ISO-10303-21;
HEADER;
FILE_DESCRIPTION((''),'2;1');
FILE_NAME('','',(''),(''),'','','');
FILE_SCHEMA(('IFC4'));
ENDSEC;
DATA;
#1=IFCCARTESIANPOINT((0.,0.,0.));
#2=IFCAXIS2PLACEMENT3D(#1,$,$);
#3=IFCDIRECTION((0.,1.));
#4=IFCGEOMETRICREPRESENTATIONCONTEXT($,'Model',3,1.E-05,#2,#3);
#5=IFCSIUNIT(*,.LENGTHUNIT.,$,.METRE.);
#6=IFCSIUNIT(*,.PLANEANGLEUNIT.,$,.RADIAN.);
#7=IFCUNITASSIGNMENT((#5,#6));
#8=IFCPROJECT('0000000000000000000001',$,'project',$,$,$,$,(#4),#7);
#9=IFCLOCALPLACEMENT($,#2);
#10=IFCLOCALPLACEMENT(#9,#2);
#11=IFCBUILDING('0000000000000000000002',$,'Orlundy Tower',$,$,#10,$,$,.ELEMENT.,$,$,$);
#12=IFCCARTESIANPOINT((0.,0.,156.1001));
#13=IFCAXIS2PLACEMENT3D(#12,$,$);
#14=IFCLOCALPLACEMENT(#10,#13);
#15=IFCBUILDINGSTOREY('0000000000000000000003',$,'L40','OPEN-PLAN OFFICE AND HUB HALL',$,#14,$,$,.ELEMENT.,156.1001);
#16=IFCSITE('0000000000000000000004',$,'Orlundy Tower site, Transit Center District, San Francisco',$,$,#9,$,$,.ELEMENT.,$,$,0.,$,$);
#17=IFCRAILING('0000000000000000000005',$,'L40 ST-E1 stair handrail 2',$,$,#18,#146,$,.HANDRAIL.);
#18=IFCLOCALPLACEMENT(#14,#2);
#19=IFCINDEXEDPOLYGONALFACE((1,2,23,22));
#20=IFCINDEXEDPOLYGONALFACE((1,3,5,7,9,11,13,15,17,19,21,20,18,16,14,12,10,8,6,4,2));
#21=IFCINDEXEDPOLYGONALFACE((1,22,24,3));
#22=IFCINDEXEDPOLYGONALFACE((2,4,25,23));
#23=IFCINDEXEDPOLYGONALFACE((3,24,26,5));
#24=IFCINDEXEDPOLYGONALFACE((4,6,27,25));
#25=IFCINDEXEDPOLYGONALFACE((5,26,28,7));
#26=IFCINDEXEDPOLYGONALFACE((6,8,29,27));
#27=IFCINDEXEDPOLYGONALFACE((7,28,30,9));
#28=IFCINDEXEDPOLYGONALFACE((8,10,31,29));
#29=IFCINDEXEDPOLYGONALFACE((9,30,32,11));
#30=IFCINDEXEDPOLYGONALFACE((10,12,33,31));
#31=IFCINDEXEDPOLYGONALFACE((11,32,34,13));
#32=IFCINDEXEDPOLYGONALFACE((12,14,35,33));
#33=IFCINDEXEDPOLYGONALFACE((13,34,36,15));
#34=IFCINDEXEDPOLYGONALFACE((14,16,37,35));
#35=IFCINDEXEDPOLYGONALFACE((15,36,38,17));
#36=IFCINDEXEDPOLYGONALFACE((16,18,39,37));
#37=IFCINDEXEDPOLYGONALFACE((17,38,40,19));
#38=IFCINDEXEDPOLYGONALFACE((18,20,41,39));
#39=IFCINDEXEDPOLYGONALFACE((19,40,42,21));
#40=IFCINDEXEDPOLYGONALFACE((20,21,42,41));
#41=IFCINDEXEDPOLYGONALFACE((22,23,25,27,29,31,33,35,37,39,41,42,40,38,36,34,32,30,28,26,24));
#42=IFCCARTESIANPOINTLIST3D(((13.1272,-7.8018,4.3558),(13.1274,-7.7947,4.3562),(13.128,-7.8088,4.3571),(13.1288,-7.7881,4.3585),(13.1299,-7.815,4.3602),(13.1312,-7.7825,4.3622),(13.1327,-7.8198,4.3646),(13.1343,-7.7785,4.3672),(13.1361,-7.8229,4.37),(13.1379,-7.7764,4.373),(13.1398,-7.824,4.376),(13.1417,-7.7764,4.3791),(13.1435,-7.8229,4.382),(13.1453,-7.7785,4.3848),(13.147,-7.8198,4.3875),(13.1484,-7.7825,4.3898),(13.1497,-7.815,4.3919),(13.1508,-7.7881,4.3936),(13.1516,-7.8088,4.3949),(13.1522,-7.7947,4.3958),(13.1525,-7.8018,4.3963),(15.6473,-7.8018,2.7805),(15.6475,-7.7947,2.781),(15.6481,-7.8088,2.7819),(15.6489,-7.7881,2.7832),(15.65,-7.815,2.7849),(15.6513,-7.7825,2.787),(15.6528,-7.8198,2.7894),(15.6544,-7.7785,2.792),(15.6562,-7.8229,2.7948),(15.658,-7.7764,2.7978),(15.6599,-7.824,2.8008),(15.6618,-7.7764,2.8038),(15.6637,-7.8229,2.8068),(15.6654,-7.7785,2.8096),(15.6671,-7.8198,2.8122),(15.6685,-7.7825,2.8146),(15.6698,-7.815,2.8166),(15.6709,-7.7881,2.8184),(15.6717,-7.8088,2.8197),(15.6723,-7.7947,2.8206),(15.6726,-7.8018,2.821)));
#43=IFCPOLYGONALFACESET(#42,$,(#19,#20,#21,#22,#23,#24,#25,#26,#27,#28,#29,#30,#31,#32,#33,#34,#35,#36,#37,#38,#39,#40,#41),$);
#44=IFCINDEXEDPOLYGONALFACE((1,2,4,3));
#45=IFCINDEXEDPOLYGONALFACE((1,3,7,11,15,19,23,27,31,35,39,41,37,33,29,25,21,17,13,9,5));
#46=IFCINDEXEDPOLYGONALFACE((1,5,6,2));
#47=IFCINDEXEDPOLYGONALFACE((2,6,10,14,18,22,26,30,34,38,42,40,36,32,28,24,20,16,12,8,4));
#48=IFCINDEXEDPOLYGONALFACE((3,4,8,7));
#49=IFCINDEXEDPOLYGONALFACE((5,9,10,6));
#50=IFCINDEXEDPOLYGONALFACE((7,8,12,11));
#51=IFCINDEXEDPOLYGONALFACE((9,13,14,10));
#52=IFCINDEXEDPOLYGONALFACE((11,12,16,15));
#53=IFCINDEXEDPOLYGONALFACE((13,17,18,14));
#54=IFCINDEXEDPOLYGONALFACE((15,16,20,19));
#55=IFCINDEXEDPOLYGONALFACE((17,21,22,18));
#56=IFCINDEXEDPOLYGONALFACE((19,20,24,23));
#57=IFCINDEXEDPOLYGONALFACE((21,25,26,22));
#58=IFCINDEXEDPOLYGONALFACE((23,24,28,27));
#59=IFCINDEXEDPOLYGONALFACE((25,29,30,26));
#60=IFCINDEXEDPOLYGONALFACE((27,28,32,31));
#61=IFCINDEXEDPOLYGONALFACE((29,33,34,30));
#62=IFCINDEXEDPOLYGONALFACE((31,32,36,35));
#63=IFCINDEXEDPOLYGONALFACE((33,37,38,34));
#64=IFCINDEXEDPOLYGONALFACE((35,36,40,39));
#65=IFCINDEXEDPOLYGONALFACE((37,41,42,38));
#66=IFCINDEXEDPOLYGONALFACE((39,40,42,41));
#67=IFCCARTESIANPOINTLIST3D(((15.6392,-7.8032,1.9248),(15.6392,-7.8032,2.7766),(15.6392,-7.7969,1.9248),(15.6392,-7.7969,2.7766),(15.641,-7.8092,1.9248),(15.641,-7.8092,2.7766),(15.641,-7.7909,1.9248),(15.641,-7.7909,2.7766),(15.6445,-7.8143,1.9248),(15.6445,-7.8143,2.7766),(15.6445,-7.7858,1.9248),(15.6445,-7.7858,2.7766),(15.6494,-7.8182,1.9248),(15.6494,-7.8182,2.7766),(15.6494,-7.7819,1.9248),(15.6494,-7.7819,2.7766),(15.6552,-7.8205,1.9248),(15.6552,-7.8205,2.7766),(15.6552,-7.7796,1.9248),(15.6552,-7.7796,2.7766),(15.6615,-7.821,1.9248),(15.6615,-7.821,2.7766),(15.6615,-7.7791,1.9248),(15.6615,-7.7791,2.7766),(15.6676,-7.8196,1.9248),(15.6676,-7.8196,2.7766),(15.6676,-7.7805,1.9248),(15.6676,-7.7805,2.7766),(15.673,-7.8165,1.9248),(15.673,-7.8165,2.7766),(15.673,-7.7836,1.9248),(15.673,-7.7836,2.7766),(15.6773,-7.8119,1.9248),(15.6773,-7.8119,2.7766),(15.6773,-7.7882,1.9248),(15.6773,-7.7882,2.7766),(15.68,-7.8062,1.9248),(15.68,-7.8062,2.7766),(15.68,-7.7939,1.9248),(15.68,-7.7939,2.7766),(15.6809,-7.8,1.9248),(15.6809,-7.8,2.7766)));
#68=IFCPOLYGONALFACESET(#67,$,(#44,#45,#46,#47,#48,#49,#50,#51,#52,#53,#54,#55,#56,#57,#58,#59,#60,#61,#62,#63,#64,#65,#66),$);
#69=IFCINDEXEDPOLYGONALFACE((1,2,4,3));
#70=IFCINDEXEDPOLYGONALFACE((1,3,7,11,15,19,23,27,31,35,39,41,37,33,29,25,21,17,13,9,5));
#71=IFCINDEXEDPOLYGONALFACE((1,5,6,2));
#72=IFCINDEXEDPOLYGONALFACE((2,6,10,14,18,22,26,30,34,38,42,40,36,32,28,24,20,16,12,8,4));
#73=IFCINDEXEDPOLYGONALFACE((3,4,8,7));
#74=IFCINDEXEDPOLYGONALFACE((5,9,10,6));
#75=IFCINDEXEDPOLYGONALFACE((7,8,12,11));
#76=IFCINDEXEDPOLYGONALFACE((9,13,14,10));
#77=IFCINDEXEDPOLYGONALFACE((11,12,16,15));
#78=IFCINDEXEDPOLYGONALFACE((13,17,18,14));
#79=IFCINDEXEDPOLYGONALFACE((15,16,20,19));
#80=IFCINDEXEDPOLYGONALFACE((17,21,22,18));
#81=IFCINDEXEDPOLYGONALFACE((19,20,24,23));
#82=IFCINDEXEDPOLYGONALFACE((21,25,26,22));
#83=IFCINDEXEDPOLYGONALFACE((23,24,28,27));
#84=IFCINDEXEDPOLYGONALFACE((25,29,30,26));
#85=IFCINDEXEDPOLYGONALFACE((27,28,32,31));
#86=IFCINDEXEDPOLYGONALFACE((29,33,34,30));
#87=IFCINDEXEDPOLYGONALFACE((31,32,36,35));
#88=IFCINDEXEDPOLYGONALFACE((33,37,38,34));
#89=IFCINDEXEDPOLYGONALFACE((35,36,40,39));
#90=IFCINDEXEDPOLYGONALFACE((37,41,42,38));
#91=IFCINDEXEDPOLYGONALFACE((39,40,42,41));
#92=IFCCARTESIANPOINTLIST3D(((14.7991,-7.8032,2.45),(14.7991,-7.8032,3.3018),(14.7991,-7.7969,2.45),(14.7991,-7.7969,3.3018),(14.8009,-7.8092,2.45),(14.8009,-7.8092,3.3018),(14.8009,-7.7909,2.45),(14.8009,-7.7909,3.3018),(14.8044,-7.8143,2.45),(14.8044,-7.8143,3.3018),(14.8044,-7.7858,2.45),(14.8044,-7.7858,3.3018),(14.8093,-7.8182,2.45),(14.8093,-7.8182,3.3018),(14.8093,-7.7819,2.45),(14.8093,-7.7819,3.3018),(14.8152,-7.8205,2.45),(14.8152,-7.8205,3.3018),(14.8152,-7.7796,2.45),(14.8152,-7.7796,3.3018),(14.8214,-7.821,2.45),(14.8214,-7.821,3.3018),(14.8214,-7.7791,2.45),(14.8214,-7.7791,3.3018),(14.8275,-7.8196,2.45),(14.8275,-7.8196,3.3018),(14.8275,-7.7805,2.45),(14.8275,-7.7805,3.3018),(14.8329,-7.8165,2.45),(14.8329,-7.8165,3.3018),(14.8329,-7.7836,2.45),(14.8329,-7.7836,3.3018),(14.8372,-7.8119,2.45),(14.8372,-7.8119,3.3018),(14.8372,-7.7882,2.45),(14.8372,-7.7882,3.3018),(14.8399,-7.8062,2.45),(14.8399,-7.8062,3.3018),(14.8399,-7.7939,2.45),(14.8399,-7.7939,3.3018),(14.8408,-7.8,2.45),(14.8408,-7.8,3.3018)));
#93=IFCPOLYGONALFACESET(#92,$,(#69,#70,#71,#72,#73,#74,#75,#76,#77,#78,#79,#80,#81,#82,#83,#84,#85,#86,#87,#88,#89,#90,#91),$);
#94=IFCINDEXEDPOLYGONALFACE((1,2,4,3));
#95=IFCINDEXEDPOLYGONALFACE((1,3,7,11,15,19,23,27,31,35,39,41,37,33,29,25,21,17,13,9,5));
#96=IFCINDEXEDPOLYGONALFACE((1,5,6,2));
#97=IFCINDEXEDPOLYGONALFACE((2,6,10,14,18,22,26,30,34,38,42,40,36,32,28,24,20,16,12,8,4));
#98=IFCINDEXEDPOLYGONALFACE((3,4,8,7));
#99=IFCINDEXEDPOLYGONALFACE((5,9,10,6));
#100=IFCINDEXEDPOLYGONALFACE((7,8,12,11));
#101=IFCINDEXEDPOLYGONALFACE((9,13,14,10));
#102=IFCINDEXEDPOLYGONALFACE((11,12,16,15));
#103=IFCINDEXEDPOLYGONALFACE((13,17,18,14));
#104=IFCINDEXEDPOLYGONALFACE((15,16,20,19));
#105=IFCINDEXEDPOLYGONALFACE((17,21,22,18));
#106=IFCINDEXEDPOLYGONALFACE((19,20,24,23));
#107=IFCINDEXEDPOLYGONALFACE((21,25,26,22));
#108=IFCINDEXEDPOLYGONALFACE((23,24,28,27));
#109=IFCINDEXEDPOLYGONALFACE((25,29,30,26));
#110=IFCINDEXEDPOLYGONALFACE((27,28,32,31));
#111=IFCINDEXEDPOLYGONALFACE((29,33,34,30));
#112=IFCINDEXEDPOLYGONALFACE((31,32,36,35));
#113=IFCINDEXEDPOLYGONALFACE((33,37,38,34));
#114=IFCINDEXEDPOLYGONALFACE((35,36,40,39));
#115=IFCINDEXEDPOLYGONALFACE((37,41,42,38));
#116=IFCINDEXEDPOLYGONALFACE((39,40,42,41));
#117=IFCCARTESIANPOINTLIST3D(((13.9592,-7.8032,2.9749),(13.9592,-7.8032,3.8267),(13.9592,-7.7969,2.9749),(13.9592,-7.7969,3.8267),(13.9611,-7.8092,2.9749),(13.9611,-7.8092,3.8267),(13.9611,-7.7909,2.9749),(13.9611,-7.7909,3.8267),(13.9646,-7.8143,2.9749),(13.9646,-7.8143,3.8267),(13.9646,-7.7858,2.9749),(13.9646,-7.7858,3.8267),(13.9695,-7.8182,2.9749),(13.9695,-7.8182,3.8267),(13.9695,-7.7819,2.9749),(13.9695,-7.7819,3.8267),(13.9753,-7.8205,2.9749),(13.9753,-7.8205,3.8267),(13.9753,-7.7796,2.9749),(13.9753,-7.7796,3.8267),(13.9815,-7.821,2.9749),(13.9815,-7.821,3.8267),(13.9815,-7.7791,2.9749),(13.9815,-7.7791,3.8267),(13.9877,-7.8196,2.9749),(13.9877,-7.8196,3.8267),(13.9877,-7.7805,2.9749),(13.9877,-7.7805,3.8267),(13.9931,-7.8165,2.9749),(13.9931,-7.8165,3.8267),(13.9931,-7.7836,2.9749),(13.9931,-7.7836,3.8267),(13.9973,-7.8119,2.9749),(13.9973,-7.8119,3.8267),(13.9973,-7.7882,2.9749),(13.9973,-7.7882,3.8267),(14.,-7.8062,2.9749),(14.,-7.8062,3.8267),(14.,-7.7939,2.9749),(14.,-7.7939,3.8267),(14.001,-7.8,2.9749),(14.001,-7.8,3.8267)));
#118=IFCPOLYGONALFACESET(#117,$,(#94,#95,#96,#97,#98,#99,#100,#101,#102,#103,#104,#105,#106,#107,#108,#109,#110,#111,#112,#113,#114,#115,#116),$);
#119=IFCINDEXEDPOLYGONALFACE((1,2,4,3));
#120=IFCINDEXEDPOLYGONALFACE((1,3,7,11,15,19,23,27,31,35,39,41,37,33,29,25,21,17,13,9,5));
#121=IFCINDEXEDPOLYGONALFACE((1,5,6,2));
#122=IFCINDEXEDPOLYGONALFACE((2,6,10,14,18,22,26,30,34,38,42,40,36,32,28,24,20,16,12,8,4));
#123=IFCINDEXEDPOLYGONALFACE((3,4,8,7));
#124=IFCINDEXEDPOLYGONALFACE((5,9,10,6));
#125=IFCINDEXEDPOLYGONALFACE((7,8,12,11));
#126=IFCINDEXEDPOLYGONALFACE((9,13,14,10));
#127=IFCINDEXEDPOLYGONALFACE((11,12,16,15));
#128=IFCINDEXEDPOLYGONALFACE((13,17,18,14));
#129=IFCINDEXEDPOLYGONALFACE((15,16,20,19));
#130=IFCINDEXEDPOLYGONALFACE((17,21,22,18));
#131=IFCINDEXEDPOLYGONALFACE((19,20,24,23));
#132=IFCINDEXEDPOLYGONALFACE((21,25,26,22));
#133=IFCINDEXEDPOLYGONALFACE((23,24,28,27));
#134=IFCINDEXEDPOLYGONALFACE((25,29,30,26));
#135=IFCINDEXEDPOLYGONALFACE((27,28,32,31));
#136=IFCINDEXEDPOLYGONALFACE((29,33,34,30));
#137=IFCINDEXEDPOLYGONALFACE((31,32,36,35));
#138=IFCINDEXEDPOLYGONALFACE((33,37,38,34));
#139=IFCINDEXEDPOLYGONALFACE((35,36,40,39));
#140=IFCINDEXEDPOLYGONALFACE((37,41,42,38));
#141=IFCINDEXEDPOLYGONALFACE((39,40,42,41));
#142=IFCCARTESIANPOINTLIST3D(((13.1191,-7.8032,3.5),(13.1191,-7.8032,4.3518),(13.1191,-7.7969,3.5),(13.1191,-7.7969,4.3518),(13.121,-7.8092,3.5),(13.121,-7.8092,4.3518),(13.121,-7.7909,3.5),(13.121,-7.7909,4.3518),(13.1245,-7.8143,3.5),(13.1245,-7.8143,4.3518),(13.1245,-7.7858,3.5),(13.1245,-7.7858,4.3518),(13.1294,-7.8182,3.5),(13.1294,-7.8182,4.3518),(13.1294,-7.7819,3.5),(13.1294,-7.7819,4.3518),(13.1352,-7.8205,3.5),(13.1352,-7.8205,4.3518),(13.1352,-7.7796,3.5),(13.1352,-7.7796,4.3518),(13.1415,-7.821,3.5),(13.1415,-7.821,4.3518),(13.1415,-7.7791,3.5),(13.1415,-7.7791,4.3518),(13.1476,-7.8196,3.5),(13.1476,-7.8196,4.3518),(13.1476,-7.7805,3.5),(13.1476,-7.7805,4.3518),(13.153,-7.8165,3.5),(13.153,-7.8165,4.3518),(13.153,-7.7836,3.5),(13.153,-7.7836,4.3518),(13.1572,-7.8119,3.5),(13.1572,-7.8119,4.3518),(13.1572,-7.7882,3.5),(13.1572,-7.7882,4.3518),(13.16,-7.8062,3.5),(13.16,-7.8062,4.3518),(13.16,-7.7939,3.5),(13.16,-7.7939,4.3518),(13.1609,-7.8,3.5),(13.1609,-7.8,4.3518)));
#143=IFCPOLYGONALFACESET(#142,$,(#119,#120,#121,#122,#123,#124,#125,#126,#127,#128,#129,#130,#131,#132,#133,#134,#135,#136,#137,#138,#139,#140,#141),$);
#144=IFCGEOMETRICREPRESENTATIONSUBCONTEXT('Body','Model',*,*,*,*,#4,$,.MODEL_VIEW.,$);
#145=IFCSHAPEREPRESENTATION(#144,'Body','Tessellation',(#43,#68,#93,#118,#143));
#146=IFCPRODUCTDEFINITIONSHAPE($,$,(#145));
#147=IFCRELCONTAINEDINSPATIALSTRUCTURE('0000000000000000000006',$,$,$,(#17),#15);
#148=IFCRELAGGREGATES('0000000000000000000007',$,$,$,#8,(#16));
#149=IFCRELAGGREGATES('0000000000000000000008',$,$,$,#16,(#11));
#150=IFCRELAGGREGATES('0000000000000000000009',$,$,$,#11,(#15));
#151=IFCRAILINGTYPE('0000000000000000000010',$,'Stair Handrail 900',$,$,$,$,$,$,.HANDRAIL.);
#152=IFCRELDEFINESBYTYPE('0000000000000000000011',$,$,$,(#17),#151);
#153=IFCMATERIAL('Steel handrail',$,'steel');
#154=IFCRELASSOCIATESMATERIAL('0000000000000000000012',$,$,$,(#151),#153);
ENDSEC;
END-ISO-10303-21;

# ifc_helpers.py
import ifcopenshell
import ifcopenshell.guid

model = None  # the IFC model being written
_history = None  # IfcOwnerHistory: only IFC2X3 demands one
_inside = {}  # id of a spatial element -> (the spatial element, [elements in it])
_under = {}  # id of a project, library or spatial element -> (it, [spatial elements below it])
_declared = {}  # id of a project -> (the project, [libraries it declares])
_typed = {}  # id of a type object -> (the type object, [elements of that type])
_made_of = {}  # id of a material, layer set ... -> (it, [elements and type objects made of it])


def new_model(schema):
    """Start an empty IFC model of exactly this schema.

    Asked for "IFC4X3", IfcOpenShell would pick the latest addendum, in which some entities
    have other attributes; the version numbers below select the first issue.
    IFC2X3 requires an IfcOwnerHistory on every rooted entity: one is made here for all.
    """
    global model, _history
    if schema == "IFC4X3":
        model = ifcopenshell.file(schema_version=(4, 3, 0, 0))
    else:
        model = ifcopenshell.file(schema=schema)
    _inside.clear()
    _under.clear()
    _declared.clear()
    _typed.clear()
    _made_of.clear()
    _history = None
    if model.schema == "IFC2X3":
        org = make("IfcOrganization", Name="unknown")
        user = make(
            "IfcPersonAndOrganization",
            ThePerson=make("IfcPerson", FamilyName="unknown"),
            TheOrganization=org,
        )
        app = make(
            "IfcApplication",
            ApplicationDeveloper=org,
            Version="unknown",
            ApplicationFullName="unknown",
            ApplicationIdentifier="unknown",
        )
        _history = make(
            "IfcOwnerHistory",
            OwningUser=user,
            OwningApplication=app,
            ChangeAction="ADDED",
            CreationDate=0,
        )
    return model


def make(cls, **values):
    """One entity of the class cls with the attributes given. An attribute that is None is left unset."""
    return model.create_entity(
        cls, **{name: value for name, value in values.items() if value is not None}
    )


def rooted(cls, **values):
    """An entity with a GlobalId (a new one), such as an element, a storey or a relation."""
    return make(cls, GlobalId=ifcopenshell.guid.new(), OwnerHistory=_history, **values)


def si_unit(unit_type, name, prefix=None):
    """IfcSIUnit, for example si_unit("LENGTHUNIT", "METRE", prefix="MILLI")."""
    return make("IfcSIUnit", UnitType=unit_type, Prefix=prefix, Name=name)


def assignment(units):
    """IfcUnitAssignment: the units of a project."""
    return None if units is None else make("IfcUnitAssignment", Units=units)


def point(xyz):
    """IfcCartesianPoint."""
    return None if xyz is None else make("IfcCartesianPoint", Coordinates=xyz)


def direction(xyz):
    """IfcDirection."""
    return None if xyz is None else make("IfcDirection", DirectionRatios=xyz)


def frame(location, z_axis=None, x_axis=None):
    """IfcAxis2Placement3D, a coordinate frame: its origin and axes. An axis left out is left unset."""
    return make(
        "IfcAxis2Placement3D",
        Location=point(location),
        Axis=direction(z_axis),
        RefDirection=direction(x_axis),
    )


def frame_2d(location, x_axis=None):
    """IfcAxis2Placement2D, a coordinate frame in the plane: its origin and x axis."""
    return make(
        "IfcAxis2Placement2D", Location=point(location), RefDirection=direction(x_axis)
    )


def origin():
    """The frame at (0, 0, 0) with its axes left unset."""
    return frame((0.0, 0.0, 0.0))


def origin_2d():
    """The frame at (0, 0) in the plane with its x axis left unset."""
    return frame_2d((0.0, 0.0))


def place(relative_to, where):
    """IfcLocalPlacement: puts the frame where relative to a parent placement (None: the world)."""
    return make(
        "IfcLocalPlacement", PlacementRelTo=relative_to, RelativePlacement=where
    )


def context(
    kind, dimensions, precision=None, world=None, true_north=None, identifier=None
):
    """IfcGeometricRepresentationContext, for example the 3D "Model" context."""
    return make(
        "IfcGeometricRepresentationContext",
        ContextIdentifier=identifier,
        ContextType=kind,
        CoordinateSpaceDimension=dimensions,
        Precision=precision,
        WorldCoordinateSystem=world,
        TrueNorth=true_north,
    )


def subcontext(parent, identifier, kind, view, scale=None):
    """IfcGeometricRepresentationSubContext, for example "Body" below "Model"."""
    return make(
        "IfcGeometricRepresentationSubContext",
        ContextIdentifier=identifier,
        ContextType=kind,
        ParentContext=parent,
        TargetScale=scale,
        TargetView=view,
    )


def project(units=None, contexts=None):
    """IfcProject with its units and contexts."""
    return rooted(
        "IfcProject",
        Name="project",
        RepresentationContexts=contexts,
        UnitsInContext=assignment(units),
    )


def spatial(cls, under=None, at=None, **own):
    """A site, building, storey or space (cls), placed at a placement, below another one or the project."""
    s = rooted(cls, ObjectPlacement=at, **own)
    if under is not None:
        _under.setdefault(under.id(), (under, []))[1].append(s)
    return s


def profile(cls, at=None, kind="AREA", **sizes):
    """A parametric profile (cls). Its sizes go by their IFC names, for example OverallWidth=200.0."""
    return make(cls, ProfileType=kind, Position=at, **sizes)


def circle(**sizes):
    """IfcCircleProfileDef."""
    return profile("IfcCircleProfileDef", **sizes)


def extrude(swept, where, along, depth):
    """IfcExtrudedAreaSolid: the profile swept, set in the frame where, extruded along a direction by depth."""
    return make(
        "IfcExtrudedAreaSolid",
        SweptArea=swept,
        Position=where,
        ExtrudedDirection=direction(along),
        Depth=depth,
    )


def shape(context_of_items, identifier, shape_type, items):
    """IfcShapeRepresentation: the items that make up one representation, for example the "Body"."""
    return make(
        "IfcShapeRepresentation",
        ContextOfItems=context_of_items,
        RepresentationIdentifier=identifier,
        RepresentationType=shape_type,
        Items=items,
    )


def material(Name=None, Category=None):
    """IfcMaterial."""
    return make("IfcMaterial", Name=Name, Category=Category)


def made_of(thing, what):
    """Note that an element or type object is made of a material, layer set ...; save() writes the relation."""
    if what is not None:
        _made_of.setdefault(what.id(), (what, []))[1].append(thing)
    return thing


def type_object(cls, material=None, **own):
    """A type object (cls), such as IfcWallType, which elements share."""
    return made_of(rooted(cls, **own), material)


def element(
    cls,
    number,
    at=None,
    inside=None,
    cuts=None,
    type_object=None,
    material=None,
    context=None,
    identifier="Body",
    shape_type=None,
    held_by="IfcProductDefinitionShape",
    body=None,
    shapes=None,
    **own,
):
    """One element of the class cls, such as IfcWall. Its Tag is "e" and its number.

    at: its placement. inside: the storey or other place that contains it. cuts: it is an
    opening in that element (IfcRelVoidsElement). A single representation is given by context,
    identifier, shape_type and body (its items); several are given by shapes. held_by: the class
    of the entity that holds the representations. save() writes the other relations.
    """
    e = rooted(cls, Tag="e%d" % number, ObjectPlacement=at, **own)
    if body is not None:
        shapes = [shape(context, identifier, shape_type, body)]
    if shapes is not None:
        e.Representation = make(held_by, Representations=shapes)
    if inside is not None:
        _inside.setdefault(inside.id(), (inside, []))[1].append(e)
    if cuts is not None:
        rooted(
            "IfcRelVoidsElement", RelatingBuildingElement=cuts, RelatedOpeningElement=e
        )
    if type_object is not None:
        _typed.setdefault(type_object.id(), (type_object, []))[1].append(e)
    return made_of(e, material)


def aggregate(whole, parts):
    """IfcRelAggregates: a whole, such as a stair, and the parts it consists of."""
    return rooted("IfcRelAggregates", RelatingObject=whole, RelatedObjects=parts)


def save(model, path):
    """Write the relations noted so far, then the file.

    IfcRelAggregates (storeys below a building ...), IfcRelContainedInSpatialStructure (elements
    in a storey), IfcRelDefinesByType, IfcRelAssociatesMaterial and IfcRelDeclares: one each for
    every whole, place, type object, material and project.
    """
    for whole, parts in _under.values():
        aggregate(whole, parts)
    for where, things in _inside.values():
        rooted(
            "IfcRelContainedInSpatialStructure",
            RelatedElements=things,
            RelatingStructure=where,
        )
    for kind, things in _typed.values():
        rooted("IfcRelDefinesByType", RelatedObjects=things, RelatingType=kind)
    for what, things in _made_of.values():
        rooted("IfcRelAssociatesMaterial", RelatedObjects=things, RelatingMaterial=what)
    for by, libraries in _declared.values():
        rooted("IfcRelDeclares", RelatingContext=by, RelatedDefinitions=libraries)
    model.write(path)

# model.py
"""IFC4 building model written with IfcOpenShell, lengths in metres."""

from ifc_helpers import new_model, si_unit, direction, frame, origin, origin_2d, place, context, subcontext, project, spatial, circle, extrude, material, type_object, element, save


model = new_model("IFC4")

# Units and contexts
model_context = context("Model", 3, precision=1e-05, world=origin(), true_north=direction((0.0, 1.0)))
body_context = subcontext(model_context, "Body", "Model", "MODEL_VIEW")
ifc_project = project(units=[si_unit("LENGTHUNIT", "METRE"), si_unit("PLANEANGLEUNIT", "RADIAN")], contexts=[model_context])

# Site, building, storey
site_placement = place(None, origin())
site = spatial("IfcSite", under=ifc_project, at=site_placement, Name="Orlundy Tower site, Transit Center District, San Francisco", CompositionType="ELEMENT", RefElevation=0.0)
building_placement = place(site_placement, origin())
building = spatial("IfcBuilding", under=site, at=building_placement, Name="Orlundy Tower", CompositionType="ELEMENT")
storey_placement = place(building_placement, frame((0.0, 0.0, 156.1001)))
storey = spatial("IfcBuildingStorey", under=building, at=storey_placement, Name="L40", Description="OPEN-PLAN OFFICE AND HUB HALL", CompositionType="ELEMENT", Elevation=156.1001)

# Railing
ifc_material_1 = material(Name="Steel handrail", Category="steel")
railing_type = type_object("IfcRailingType", Name="Stair Handrail 900", PredefinedType="HANDRAIL", material=ifc_material_1)
railing_placement = place(storey_placement, frame((15.6599, -7.8, 1.9248)))
element("IfcRailing", 1, at=railing_placement, inside=storey, type_object=railing_type, Name="L40 ST-E1 stair handrail 2", PredefinedType="HANDRAIL", context=body_context, shape_type="SweptSolid", body=[
    extrude(circle(Radius=0.0239, at=origin_2d()), frame((0.0, 0.0, 0.876), z_axis=(-0.847971, 0.0, 0.530043), x_axis=(0.0, -1.0, 0.0)), (0.0, 0.0, 1.0), 2.9719),
    extrude(circle(Radius=0.021, at=origin_2d()), origin(), (0.0, 0.0, 1.0), 0.8518),
    extrude(circle(Radius=0.021, at=origin_2d()), frame((-0.8401, 0.0, 0.5251)), (0.0, 0.0, 1.0), 0.8518),
    extrude(circle(Radius=0.021, at=origin_2d()), frame((-1.6799, 0.0, 1.05)), (0.0, 0.0, 1.0), 0.8518),
    extrude(circle(Radius=0.021, at=origin_2d()), frame((-2.52, 0.0, 1.5752)), (0.0, 0.0, 1.0), 0.8518),
])

save(model, "model.ifc")
